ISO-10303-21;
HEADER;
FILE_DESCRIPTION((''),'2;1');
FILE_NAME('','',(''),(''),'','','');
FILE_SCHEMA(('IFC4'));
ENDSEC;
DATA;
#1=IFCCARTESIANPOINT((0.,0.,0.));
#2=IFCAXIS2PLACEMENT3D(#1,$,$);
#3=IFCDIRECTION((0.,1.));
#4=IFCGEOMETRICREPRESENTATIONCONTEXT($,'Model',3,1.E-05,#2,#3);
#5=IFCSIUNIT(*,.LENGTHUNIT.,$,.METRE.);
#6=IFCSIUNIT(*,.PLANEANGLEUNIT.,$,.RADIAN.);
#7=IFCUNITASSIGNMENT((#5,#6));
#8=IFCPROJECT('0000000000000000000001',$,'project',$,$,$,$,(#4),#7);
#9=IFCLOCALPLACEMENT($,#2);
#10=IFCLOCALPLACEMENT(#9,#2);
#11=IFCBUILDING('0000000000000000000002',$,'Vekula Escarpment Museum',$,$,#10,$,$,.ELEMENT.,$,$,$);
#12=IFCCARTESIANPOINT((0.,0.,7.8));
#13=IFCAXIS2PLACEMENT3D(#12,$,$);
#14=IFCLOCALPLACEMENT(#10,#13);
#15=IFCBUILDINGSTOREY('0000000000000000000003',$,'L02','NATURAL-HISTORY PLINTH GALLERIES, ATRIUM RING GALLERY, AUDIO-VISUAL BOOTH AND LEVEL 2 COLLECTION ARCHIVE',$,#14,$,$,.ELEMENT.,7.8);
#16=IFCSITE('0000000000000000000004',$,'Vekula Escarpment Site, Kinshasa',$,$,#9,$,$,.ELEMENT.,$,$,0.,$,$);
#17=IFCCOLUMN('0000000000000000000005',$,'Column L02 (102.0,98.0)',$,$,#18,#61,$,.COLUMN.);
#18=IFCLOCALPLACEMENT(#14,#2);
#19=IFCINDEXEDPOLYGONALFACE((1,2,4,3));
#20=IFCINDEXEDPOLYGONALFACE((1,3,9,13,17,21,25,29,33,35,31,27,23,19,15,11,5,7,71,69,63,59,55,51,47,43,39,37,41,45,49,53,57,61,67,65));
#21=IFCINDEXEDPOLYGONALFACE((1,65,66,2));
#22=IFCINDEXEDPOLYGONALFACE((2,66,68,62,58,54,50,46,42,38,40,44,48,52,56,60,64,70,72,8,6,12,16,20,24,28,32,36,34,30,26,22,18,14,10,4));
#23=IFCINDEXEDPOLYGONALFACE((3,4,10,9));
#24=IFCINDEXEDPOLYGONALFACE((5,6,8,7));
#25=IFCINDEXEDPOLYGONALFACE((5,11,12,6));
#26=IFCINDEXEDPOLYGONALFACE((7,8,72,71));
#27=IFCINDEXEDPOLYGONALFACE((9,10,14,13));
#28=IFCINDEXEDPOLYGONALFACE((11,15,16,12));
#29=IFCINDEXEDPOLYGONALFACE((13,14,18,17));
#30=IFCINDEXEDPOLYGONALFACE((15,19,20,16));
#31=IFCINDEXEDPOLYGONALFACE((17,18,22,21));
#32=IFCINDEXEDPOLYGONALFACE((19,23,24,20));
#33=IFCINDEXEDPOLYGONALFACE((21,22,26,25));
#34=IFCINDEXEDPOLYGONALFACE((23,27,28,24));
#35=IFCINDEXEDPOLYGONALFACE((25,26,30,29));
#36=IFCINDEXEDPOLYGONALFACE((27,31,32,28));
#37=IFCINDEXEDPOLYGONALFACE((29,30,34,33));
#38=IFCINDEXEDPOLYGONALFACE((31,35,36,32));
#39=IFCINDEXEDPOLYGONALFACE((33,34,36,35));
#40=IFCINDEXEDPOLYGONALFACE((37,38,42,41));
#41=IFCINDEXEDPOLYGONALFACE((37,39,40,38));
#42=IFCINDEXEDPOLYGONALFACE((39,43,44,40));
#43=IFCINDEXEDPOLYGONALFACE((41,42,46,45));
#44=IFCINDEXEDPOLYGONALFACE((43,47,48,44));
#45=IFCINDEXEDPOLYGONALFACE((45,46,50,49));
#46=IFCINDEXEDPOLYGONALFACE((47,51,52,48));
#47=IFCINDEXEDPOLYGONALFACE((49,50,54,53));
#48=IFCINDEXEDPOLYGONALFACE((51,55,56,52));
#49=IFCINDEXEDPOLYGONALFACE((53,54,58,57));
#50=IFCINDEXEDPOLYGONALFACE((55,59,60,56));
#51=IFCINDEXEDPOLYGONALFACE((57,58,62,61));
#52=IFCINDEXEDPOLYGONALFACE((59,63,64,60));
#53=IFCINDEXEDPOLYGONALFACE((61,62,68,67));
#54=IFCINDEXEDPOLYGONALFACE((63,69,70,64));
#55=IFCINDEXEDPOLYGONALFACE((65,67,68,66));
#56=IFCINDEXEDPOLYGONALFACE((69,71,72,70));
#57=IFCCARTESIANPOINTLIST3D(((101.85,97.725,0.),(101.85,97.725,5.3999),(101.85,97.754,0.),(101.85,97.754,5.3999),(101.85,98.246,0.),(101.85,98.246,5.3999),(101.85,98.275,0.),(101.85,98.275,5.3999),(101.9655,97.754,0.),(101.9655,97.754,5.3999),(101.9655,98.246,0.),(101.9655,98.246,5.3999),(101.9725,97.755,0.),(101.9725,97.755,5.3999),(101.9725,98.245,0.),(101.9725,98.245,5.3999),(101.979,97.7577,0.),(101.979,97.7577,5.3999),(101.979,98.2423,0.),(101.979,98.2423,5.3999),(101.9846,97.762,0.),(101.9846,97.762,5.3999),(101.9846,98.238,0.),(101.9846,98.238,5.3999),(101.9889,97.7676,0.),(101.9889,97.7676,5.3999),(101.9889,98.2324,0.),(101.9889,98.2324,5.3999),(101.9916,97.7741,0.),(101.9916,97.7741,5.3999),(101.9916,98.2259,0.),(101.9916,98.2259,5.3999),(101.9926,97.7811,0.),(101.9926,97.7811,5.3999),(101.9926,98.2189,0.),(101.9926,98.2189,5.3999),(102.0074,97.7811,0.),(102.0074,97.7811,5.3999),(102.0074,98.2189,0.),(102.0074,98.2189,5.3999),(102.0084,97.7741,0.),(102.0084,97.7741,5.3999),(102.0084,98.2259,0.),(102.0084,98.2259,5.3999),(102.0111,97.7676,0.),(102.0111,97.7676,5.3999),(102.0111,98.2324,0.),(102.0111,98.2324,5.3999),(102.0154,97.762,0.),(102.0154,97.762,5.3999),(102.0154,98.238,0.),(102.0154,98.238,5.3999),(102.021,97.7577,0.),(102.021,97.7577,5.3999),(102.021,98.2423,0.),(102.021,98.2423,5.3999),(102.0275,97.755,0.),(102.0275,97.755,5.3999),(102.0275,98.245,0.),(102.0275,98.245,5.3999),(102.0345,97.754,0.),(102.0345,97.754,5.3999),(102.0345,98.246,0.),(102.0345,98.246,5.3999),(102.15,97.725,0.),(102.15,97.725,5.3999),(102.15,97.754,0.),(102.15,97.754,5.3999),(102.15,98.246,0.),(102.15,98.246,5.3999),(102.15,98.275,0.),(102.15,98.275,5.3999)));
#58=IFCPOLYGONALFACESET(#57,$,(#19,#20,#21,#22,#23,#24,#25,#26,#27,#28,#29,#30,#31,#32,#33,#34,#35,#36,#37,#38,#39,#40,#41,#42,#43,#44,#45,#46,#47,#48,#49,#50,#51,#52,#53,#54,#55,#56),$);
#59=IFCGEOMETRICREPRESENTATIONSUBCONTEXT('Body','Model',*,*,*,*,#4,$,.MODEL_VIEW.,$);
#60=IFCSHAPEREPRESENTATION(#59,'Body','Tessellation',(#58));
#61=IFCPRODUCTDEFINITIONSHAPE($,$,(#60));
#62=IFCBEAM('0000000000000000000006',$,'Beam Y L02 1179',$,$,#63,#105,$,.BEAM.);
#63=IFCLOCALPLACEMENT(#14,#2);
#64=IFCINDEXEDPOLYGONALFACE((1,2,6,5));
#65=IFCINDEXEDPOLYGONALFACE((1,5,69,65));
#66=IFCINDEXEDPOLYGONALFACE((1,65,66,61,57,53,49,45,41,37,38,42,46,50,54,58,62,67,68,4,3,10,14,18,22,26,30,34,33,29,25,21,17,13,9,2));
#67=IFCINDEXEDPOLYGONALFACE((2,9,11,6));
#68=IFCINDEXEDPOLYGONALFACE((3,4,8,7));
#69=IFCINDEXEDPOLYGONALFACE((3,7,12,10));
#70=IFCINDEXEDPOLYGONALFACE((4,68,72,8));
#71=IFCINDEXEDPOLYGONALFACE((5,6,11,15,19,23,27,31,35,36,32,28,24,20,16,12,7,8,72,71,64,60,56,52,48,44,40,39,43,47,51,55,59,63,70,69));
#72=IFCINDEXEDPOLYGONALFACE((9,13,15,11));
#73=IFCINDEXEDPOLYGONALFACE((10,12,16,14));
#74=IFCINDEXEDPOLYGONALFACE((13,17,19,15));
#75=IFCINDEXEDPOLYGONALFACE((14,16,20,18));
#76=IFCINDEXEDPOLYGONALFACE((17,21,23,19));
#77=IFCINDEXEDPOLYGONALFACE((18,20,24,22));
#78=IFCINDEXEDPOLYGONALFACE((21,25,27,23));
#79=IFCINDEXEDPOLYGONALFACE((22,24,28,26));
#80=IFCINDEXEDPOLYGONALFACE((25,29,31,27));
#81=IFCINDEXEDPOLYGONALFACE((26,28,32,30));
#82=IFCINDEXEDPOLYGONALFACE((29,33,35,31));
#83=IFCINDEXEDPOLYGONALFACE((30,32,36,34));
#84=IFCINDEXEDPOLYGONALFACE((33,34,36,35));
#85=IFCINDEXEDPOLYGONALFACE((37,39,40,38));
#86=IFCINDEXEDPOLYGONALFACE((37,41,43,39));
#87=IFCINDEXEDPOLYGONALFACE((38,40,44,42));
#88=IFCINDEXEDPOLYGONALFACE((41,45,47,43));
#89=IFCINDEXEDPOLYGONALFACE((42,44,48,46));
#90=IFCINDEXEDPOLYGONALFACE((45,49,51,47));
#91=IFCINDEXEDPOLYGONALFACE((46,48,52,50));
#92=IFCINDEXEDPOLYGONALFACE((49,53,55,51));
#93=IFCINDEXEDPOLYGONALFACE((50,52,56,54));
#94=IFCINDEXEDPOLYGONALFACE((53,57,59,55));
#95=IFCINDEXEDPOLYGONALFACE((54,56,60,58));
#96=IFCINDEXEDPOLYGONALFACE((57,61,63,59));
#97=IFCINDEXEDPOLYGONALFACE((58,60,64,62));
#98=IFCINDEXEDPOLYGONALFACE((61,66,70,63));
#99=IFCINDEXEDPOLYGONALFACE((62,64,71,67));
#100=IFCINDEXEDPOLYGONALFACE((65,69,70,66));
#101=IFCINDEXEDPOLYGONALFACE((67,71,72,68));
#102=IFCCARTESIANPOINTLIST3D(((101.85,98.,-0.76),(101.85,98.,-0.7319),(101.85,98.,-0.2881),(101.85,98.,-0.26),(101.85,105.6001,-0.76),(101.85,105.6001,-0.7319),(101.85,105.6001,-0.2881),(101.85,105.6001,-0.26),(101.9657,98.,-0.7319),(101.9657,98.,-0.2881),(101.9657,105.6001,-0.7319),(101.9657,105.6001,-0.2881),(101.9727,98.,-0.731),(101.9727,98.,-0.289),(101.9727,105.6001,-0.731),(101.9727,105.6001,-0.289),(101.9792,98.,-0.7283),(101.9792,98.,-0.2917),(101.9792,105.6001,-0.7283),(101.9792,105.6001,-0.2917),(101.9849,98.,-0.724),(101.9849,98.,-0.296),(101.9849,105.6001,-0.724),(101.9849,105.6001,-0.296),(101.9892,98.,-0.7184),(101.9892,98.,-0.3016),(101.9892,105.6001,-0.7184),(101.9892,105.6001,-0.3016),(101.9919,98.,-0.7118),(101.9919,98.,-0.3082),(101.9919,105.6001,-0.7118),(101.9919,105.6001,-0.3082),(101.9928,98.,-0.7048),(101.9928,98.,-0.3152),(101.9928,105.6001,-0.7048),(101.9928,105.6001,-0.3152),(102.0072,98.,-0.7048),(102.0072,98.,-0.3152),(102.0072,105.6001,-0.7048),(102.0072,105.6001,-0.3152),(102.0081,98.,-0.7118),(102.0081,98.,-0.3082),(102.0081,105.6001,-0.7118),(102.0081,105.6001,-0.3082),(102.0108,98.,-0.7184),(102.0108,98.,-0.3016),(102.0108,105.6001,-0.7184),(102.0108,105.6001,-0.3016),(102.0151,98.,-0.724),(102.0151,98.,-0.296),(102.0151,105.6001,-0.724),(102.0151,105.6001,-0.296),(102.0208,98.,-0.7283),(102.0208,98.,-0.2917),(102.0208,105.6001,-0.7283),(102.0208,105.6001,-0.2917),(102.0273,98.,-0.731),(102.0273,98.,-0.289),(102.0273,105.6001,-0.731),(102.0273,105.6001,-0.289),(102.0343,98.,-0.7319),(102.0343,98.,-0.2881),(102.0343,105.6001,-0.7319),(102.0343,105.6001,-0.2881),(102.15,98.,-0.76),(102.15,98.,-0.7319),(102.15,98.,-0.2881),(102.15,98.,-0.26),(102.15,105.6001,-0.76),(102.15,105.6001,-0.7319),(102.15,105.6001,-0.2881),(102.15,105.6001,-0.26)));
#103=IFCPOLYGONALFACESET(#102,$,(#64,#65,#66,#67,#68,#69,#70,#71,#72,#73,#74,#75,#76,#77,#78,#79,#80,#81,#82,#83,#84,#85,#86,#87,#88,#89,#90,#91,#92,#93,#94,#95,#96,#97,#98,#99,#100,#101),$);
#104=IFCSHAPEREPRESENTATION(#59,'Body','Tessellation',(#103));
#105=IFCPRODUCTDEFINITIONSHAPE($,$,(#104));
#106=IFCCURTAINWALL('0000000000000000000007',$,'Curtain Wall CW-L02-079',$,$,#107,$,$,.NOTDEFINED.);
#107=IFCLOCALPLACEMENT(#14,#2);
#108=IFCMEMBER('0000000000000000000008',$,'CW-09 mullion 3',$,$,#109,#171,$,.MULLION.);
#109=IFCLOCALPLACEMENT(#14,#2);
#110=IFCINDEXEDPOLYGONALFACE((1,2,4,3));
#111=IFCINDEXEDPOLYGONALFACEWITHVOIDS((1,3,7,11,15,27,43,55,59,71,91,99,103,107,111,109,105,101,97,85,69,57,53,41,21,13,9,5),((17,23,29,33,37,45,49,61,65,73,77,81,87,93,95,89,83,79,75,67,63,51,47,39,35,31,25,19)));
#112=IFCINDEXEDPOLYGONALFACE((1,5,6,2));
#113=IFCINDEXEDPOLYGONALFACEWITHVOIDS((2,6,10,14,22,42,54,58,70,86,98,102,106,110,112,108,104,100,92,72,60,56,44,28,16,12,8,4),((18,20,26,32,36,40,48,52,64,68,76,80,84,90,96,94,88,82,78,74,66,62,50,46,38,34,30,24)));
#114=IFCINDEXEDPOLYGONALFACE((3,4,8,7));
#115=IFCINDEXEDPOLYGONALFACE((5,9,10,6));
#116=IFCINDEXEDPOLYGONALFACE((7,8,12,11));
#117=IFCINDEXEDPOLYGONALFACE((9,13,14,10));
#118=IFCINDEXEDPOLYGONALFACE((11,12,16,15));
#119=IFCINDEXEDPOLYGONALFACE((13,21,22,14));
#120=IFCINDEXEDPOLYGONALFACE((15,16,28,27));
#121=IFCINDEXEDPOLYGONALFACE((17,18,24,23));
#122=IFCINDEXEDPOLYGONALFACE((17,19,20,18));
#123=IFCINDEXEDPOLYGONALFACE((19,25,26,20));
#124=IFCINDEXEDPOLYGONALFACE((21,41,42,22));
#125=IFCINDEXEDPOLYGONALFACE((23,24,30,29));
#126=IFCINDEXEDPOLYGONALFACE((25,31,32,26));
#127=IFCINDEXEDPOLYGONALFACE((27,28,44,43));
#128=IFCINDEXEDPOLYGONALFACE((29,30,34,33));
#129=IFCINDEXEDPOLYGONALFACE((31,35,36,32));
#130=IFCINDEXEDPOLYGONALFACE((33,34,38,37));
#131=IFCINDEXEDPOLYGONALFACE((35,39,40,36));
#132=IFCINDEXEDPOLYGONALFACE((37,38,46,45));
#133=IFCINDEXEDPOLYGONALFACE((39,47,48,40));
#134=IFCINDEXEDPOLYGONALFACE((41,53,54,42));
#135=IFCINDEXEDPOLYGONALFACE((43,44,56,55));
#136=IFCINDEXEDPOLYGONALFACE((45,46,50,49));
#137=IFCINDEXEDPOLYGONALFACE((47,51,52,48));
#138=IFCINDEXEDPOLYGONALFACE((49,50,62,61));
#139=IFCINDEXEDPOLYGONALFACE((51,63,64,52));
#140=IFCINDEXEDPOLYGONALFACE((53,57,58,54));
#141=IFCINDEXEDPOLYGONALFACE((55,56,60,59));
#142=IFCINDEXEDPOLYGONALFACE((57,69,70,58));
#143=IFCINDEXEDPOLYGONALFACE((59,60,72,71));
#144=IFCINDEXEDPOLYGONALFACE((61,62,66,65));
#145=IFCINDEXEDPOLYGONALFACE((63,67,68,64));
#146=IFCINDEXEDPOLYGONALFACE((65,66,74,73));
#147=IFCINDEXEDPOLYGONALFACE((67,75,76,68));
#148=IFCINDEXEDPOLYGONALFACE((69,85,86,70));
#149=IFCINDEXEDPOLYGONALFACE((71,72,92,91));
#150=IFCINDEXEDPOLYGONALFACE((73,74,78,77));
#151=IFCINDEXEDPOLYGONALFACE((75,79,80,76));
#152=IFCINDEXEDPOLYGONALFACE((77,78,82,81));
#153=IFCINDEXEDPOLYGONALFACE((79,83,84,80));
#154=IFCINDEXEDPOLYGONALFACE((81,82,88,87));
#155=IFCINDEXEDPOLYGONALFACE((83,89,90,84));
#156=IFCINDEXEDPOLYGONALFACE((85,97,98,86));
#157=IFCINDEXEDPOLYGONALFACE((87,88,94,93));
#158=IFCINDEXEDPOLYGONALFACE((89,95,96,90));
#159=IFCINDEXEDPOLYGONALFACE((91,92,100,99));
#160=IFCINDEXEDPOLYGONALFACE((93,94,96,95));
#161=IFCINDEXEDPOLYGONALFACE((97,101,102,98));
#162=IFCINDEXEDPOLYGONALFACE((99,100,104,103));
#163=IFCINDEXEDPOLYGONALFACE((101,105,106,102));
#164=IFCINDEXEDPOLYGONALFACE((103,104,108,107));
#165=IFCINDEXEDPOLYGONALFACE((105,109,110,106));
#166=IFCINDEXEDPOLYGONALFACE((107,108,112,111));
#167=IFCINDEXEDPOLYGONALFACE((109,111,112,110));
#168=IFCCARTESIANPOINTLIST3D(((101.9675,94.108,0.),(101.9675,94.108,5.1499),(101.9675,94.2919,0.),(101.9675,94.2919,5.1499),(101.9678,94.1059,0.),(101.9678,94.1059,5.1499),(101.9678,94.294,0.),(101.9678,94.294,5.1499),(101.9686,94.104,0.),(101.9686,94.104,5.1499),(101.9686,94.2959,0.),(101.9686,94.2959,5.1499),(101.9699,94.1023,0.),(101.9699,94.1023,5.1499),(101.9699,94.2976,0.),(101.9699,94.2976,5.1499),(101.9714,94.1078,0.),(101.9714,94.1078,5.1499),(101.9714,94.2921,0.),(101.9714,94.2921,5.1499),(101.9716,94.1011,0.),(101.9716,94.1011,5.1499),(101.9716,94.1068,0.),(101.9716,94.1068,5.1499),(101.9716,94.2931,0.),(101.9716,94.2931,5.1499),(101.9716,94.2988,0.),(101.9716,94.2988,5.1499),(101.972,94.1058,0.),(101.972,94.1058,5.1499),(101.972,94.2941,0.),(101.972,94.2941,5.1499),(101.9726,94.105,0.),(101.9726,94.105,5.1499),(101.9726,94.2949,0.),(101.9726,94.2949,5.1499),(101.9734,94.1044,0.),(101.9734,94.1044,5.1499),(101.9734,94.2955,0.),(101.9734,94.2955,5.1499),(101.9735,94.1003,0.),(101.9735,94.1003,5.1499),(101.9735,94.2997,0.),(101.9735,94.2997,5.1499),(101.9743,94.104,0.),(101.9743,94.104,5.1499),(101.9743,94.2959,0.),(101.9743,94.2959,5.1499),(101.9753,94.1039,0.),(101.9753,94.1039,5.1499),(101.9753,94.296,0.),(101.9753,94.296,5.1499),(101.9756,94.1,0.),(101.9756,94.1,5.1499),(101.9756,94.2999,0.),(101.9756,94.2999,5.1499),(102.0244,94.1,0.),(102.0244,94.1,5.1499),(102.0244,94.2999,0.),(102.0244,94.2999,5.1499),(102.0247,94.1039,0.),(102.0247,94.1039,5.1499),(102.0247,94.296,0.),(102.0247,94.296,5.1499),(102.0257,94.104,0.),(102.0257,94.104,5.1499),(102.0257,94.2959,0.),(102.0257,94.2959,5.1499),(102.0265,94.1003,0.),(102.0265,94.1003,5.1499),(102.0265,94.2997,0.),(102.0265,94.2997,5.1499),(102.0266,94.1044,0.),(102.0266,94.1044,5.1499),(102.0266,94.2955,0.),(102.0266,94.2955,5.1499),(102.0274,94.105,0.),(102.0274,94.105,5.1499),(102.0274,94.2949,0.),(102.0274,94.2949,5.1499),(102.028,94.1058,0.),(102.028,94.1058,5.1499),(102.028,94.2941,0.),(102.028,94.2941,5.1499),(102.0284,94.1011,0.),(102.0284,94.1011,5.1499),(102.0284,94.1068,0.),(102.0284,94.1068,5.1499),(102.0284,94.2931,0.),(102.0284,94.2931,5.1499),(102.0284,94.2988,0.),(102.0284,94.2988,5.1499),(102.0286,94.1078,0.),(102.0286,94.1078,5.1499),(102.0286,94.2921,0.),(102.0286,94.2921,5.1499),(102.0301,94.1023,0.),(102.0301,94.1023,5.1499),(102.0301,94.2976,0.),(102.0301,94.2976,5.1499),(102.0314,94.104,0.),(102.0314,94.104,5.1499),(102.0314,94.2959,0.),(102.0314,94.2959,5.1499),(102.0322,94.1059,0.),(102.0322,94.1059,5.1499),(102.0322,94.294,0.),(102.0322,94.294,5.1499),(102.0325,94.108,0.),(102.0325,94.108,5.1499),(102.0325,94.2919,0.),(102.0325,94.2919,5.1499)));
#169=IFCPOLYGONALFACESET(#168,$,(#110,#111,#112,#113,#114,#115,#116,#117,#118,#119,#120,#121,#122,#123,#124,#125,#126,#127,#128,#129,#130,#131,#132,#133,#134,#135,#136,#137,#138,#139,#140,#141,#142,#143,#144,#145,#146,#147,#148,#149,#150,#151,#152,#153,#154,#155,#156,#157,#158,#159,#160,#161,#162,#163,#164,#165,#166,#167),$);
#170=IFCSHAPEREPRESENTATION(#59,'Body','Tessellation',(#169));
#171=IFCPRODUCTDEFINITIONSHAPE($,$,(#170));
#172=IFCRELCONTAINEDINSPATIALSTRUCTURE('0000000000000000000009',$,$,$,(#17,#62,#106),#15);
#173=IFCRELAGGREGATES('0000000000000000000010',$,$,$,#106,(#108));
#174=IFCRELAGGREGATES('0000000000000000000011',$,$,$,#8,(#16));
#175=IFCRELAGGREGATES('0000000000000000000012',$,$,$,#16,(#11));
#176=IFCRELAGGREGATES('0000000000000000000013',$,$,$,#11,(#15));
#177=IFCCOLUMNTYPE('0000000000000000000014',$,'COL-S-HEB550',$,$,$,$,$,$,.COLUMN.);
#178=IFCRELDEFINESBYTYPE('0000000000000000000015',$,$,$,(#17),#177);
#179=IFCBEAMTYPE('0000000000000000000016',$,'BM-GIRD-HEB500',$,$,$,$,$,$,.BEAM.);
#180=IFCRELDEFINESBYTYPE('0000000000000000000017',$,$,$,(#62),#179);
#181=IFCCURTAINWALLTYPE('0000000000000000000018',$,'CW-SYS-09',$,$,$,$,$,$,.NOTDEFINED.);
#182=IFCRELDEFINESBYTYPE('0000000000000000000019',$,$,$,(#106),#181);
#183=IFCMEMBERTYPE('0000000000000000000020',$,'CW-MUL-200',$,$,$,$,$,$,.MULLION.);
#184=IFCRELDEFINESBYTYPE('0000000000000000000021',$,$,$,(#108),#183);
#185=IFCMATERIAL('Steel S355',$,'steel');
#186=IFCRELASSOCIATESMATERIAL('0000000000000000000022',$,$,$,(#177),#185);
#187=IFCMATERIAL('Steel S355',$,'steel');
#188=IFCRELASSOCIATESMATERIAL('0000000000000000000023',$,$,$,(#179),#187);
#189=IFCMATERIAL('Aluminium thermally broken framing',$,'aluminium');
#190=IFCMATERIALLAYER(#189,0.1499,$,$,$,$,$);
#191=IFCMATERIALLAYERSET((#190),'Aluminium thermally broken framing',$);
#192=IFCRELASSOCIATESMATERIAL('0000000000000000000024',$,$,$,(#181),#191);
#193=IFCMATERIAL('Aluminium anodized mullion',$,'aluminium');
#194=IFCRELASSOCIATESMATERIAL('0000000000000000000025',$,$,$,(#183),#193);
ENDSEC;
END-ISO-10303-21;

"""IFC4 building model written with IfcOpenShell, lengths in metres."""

from ifc_helpers import new_model, si_unit, direction, frame, origin, origin_2d, place, context, subcontext, project, spatial, hollow_rectangle, i_section, extrude, material, layer, layer_set, material_profile, profile_set, type_object, element, aggregate, save


model = new_model("IFC4")

# Units and contexts
model_context = context("Model", 3, precision=1e-05, world=origin(), true_north=direction((0.0, 1.0)))
body_context = subcontext(model_context, "Body", "Model", "MODEL_VIEW")
ifc_project = project(units=[si_unit("LENGTHUNIT", "METRE"), si_unit("PLANEANGLEUNIT", "RADIAN")], contexts=[model_context])

# Site, building, storey
site_placement = place(None, origin())
site = spatial("IfcSite", under=ifc_project, at=site_placement, Name="Vekula Escarpment Site, Kinshasa", CompositionType="ELEMENT", RefElevation=0.0)
building_placement = place(site_placement, origin())
building = spatial("IfcBuilding", under=site, at=building_placement, Name="Vekula Escarpment Museum", CompositionType="ELEMENT")
storey_placement = place(building_placement, frame((0.0, 0.0, 7.8)))
storey = spatial("IfcBuildingStorey", under=building, at=storey_placement, Name="L02", Description="NATURAL-HISTORY PLINTH GALLERIES, ATRIUM RING GALLERY, AUDIO-VISUAL BOOTH AND LEVEL 2 COLLECTION ARCHIVE", CompositionType="ELEMENT", Elevation=7.8)

# Column
ifc_material_1 = material(Name="Steel S355", Category="steel")
ifc_material_profile_1 = material_profile(ifc_material_1, i_section(OverallWidth=0.3, OverallDepth=0.55, WebThickness=0.0149, FlangeThickness=0.0291, FilletRadius=0.0271, at=origin_2d()), Name="HEB 550")
ifc_profile_set_1 = profile_set([ifc_material_profile_1], Name="Steel S355")
column_type = type_object("IfcColumnType", Name="COL-S-HEB550", PredefinedType="COLUMN", material=ifc_profile_set_1)
column_placement = place(storey_placement, frame((102.0, 98.0, 0.0), z_axis=(0.0, 0.0, 1.0), x_axis=(1.0, 0.0, 0.0)))
element("IfcColumn", 1, at=column_placement, inside=storey, type_object=column_type, Name="Column L02 (102.0,98.0)", PredefinedType="COLUMN", context=body_context, shape_type="SweptSolid", body=[
    extrude(i_section(OverallWidth=0.3, OverallDepth=0.55, WebThickness=0.0149, FlangeThickness=0.0291, FilletRadius=0.0271, at=origin_2d()), origin(), (0.0, 0.0, 1.0), 5.3999),
])

# Beam
ifc_material_2 = material(Name="Steel S355", Category="steel")
ifc_material_profile_2 = material_profile(ifc_material_2, i_section(OverallWidth=0.3, OverallDepth=0.5, WebThickness=0.0144, FlangeThickness=0.0281, FilletRadius=0.0271, at=origin_2d()), Name="HEB 500")
ifc_profile_set_2 = profile_set([ifc_material_profile_2], Name="Steel S355")
beam_type = type_object("IfcBeamType", Name="BM-GIRD-HEB500", PredefinedType="BEAM", material=ifc_profile_set_2)
beam_placement = place(storey_placement, frame((102.0, 98.0, -0.51), z_axis=(0.0, 1.0, 0.0), x_axis=(-1.0, 0.0, 0.0)))
element("IfcBeam", 2, at=beam_placement, inside=storey, type_object=beam_type, Name="Beam Y L02 1179", PredefinedType="BEAM", context=body_context, shape_type="SweptSolid", body=[
    extrude(i_section(OverallWidth=0.3, OverallDepth=0.5, WebThickness=0.0144, FlangeThickness=0.0281, FilletRadius=0.0271, at=origin_2d()), origin(), (0.0, 0.0, 1.0), 7.6001),
])

# Curtain wall, member
ifc_material_3 = material(Name="Aluminium thermally broken framing", Category="aluminium")
ifc_layer_1 = layer(ifc_material_3, 0.1499)
ifc_layer_set_1 = layer_set([ifc_layer_1], Name="Aluminium thermally broken framing")
curtain_wall_type_1 = type_object("IfcCurtainWallType", Name="CW-SYS-09", PredefinedType="NOTDEFINED", material=ifc_layer_set_1)
curtain_wall_1_placement = place(storey_placement, origin())
curtain_wall_1 = element("IfcCurtainWall", 3, at=curtain_wall_1_placement, inside=storey, type_object=curtain_wall_type_1, Name="Curtain Wall CW-L02-079", PredefinedType="NOTDEFINED")
ifc_material_4 = material(Name="Aluminium anodized mullion", Category="aluminium")
ifc_material_profile_3 = material_profile(ifc_material_4, hollow_rectangle(XDim=0.0649, YDim=0.2, WallThickness=0.0039, InnerFilletRadius=0.0039, OuterFilletRadius=0.0081, at=origin_2d()), Name="ALU 200x65x4")
ifc_profile_set_3 = profile_set([ifc_material_profile_3], Name="Aluminium anodized mullion")
member_type_1 = type_object("IfcMemberType", Name="CW-MUL-200", PredefinedType="MULLION", material=ifc_profile_set_3)
member_1_placement = place(storey_placement, frame((102.0, 94.2, 0.0), z_axis=(0.0, 0.0, 1.0), x_axis=(-1.0, 0.0, 0.0)))
member_1 = element("IfcMember", 4, at=member_1_placement, type_object=member_type_1, Name="CW-09 mullion 3", PredefinedType="MULLION", context=body_context, shape_type="SweptSolid", body=[
    extrude(hollow_rectangle(XDim=0.0649, YDim=0.2, WallThickness=0.0039, InnerFilletRadius=0.0039, OuterFilletRadius=0.0081, at=origin_2d()), origin(), (0.0, 0.0, 1.0), 5.1499),
])

aggregate(curtain_wall_1, [member_1])

save(model, "model.ifc")
